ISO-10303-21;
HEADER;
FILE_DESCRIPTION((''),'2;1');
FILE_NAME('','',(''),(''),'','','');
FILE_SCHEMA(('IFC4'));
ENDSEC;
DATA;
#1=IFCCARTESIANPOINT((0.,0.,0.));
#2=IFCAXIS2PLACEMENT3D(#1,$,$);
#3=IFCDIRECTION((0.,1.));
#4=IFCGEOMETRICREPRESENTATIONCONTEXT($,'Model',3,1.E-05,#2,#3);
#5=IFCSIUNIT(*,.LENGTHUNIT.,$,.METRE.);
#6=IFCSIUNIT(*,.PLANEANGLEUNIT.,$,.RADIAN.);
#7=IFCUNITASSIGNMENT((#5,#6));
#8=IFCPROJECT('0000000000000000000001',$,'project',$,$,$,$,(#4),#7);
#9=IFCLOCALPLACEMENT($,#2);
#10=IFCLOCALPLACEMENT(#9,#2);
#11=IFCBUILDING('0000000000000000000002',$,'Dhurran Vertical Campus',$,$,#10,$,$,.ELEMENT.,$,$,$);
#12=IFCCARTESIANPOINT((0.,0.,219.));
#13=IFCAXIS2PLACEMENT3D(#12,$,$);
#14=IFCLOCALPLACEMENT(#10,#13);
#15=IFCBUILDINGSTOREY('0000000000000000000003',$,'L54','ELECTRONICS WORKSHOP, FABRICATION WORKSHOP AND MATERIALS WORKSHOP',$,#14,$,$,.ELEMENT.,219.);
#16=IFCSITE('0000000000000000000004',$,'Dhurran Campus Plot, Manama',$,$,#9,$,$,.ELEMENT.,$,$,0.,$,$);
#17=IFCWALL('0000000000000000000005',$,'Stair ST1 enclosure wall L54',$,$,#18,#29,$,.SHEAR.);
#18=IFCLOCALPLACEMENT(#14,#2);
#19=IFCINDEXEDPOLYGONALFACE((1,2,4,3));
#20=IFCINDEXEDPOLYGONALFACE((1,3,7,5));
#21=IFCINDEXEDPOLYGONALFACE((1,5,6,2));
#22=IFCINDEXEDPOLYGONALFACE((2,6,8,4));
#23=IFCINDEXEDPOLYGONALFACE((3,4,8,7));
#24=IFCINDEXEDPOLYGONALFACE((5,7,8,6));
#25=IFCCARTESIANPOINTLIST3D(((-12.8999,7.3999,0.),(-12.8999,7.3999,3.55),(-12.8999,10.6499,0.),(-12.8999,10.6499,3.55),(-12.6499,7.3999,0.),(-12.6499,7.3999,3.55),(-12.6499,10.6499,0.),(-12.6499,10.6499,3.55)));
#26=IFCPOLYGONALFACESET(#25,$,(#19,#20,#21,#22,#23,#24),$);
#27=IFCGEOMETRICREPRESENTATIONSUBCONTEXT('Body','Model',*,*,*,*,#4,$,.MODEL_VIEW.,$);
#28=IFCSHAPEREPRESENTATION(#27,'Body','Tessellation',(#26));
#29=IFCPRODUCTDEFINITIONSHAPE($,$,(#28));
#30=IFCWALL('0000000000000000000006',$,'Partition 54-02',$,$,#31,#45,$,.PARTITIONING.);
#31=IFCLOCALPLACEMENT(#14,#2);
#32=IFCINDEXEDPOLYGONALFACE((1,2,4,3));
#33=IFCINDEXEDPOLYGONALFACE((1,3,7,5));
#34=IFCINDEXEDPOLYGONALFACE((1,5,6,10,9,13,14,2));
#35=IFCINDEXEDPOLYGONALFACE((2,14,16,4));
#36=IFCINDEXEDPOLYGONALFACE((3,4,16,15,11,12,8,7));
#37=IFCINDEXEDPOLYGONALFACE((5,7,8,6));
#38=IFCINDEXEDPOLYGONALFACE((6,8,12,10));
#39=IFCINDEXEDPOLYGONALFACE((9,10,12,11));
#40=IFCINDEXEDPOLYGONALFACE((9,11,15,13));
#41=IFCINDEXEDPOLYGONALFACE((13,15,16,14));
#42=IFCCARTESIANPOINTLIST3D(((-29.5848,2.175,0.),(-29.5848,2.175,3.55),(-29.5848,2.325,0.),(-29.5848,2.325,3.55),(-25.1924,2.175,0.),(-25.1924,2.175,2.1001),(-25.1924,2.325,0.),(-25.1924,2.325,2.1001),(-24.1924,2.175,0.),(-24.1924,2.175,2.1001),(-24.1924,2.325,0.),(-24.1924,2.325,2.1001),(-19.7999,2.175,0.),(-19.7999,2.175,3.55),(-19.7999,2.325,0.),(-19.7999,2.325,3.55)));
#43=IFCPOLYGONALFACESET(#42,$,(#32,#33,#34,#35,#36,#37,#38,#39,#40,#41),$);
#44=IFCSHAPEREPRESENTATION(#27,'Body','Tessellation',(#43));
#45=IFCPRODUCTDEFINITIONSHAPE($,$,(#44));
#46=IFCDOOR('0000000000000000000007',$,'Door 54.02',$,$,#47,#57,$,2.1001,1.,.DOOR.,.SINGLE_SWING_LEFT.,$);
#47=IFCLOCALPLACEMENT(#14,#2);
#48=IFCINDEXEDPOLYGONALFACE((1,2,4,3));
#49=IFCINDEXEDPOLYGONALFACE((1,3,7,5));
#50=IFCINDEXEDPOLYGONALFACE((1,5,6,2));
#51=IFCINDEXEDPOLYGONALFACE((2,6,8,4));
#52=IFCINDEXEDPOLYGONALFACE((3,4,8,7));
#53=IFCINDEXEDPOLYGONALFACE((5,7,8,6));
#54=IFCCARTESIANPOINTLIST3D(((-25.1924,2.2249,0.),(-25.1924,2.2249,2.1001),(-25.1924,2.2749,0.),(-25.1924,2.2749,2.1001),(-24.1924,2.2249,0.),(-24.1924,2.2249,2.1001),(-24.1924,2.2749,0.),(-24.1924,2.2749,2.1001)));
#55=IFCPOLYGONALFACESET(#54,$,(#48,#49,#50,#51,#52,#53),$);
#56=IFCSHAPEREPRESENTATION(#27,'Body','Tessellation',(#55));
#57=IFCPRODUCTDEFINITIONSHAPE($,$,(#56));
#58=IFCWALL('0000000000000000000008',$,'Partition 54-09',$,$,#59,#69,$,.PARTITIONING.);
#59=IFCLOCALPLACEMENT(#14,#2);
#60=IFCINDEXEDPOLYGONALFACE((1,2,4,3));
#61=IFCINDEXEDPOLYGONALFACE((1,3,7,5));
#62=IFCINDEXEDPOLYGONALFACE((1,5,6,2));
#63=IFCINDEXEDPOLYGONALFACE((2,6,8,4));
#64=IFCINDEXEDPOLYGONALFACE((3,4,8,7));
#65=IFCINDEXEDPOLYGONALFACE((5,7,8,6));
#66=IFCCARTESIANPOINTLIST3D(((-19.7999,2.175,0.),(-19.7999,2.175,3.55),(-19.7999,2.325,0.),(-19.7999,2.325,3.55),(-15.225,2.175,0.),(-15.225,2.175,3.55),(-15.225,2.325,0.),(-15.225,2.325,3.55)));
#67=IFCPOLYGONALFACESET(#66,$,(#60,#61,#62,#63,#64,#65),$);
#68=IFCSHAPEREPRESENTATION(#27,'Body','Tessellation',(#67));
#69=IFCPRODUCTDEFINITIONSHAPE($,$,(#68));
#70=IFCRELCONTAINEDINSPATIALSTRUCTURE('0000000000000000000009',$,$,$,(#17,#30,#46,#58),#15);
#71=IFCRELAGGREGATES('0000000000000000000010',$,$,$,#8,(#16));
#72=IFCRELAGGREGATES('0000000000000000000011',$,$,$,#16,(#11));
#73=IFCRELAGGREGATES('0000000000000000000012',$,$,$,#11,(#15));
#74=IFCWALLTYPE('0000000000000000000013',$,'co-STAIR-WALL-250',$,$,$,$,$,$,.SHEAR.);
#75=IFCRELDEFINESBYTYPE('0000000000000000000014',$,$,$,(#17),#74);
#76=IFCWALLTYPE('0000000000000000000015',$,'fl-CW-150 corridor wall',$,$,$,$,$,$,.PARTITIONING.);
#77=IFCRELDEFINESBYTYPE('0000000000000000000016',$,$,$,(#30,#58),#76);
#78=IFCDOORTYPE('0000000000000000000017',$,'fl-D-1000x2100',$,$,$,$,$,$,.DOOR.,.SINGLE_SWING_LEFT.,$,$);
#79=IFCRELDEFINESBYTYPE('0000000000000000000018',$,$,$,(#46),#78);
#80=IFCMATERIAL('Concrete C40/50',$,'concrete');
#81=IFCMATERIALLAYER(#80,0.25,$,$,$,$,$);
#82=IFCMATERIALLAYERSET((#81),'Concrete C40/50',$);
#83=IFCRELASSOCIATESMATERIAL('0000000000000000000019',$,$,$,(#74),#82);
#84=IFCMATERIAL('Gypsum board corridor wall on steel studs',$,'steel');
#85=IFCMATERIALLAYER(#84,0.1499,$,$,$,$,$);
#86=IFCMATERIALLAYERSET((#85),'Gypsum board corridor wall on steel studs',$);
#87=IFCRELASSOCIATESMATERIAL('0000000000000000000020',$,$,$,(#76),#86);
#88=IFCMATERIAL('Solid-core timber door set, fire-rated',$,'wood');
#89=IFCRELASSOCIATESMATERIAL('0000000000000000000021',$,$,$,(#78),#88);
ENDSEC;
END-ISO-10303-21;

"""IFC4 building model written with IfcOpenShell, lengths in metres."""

from ifc_helpers import new_model, si_unit, direction, frame, frame_2d, origin, place, context, subcontext, project, spatial, rectangle, extrude, material, layer, layer_set, type_object, element, fill, save


model = new_model("IFC4")

# Units and contexts
model_context = context("Model", 3, precision=1e-05, world=origin(), true_north=direction((0.0, 1.0)))
body_context = subcontext(model_context, "Body", "Model", "MODEL_VIEW")
ifc_project = project(units=[si_unit("LENGTHUNIT", "METRE"), si_unit("PLANEANGLEUNIT", "RADIAN")], contexts=[model_context])

# Site, building, storey
site_placement = place(None, origin())
site = spatial("IfcSite", under=ifc_project, at=site_placement, Name="Dhurran Campus Plot, Manama", CompositionType="ELEMENT", RefElevation=0.0)
building_placement = place(site_placement, origin())
building = spatial("IfcBuilding", under=site, at=building_placement, Name="Dhurran Vertical Campus", CompositionType="ELEMENT")
storey_placement = place(building_placement, frame((0.0, 0.0, 219.0)))
storey = spatial("IfcBuildingStorey", under=building, at=storey_placement, Name="L54", Description="ELECTRONICS WORKSHOP, FABRICATION WORKSHOP AND MATERIALS WORKSHOP", CompositionType="ELEMENT", Elevation=219.0)

# Shared definitions
ifc_material_1 = material(Name="Concrete C40/50", Category="concrete")
ifc_layer_1 = layer(ifc_material_1, 0.25)
ifc_layer_set_1 = layer_set([ifc_layer_1], Name="Concrete C40/50")
wall_type_1 = type_object("IfcWallType", Name="co-STAIR-WALL-250", PredefinedType="SHEAR", material=ifc_layer_set_1)

# Wall
wall_1_placement = place(storey_placement, frame((-12.7749, 7.3999, 0.0), z_axis=(0.0, 0.0, 1.0), x_axis=(0.0, 1.0, 0.0)))
element("IfcWall", 1, at=wall_1_placement, inside=storey, type_object=wall_type_1, Name="Stair ST1 enclosure wall L54", PredefinedType="SHEAR", context=body_context, shape_type="SweptSolid", body=[
    extrude(rectangle(XDim=3.25, YDim=0.25, at=frame_2d((1.625, 0.0))), origin(), (0.0, 0.0, 1.0), 3.55),
])

# Wall, opening, door
ifc_material_2 = material(Name="Gypsum board corridor wall on steel studs", Category="steel")
ifc_layer_2 = layer(ifc_material_2, 0.1499)
ifc_layer_set_2 = layer_set([ifc_layer_2], Name="Gypsum board corridor wall on steel studs")
wall_type_2 = type_object("IfcWallType", Name="fl-CW-150 corridor wall", PredefinedType="PARTITIONING", material=ifc_layer_set_2)
wall_2_placement = place(storey_placement, frame((-29.585, 2.25, 0.0), z_axis=(0.0, 0.0, 1.0), x_axis=(1.0, 0.0, 0.0)))
wall_2 = element("IfcWall", 2, at=wall_2_placement, inside=storey, type_object=wall_type_2, Name="Partition 54-02", PredefinedType="PARTITIONING", context=body_context, shape_type="SweptSolid", body=[
    extrude(rectangle(XDim=9.7849, YDim=0.1499, at=frame_2d((4.8926, 0.0))), origin(), (0.0, 0.0, 1.0), 3.55),
])
opening_1_placement = place(wall_2_placement, frame((4.3926, 0.0, 0.0)))
opening_1 = element("IfcOpeningElement", 3, at=opening_1_placement, cuts=wall_2, PredefinedType="OPENING", context=body_context, shape_type="SweptSolid", body=[
    extrude(rectangle(XDim=1.0, YDim=2.1001, at=frame_2d((0.5, 1.05))), frame((0.0, 0.085, 0.0), z_axis=(0.0, -1.0, 0.0), x_axis=(1.0, 0.0, 0.0)), (0.0, 0.0, 1.0), 0.1699),
])
ifc_material_3 = material(Name="Solid-core timber door set, fire-rated", Category="wood")
door_type_1 = type_object("IfcDoorType", Name="fl-D-1000x2100", OperationType="SINGLE_SWING_LEFT", PredefinedType="DOOR", material=ifc_material_3)
door_1_placement = place(opening_1_placement, origin())
door_1 = element("IfcDoor", 4, at=door_1_placement, inside=storey, type_object=door_type_1, Name="Door 54.02", OperationType="SINGLE_SWING_LEFT", OverallHeight=2.1001, OverallWidth=1.0, PredefinedType="DOOR", context=body_context, shape_type="SweptSolid", body=[
    extrude(rectangle(XDim=1.0, YDim=2.1001, at=frame_2d((0.5, 1.05))), frame((0.0, 0.0249, 0.0), z_axis=(0.0, -1.0, 0.0), x_axis=(1.0, 0.0, 0.0)), (0.0, 0.0, 1.0), 0.05),
])
fill(opening_1, door_1)

# Wall
wall_3_placement = place(storey_placement, frame((-19.8, 2.25, 0.0), z_axis=(0.0, 0.0, 1.0), x_axis=(1.0, 0.0, 0.0)))
element("IfcWall", 5, at=wall_3_placement, inside=storey, type_object=wall_type_2, Name="Partition 54-09", PredefinedType="PARTITIONING", context=body_context, shape_type="SweptSolid", body=[
    extrude(rectangle(XDim=4.575, YDim=0.1499, at=frame_2d((2.2876, 0.0))), origin(), (0.0, 0.0, 1.0), 3.55),
])

save(model, "model.ifc")
